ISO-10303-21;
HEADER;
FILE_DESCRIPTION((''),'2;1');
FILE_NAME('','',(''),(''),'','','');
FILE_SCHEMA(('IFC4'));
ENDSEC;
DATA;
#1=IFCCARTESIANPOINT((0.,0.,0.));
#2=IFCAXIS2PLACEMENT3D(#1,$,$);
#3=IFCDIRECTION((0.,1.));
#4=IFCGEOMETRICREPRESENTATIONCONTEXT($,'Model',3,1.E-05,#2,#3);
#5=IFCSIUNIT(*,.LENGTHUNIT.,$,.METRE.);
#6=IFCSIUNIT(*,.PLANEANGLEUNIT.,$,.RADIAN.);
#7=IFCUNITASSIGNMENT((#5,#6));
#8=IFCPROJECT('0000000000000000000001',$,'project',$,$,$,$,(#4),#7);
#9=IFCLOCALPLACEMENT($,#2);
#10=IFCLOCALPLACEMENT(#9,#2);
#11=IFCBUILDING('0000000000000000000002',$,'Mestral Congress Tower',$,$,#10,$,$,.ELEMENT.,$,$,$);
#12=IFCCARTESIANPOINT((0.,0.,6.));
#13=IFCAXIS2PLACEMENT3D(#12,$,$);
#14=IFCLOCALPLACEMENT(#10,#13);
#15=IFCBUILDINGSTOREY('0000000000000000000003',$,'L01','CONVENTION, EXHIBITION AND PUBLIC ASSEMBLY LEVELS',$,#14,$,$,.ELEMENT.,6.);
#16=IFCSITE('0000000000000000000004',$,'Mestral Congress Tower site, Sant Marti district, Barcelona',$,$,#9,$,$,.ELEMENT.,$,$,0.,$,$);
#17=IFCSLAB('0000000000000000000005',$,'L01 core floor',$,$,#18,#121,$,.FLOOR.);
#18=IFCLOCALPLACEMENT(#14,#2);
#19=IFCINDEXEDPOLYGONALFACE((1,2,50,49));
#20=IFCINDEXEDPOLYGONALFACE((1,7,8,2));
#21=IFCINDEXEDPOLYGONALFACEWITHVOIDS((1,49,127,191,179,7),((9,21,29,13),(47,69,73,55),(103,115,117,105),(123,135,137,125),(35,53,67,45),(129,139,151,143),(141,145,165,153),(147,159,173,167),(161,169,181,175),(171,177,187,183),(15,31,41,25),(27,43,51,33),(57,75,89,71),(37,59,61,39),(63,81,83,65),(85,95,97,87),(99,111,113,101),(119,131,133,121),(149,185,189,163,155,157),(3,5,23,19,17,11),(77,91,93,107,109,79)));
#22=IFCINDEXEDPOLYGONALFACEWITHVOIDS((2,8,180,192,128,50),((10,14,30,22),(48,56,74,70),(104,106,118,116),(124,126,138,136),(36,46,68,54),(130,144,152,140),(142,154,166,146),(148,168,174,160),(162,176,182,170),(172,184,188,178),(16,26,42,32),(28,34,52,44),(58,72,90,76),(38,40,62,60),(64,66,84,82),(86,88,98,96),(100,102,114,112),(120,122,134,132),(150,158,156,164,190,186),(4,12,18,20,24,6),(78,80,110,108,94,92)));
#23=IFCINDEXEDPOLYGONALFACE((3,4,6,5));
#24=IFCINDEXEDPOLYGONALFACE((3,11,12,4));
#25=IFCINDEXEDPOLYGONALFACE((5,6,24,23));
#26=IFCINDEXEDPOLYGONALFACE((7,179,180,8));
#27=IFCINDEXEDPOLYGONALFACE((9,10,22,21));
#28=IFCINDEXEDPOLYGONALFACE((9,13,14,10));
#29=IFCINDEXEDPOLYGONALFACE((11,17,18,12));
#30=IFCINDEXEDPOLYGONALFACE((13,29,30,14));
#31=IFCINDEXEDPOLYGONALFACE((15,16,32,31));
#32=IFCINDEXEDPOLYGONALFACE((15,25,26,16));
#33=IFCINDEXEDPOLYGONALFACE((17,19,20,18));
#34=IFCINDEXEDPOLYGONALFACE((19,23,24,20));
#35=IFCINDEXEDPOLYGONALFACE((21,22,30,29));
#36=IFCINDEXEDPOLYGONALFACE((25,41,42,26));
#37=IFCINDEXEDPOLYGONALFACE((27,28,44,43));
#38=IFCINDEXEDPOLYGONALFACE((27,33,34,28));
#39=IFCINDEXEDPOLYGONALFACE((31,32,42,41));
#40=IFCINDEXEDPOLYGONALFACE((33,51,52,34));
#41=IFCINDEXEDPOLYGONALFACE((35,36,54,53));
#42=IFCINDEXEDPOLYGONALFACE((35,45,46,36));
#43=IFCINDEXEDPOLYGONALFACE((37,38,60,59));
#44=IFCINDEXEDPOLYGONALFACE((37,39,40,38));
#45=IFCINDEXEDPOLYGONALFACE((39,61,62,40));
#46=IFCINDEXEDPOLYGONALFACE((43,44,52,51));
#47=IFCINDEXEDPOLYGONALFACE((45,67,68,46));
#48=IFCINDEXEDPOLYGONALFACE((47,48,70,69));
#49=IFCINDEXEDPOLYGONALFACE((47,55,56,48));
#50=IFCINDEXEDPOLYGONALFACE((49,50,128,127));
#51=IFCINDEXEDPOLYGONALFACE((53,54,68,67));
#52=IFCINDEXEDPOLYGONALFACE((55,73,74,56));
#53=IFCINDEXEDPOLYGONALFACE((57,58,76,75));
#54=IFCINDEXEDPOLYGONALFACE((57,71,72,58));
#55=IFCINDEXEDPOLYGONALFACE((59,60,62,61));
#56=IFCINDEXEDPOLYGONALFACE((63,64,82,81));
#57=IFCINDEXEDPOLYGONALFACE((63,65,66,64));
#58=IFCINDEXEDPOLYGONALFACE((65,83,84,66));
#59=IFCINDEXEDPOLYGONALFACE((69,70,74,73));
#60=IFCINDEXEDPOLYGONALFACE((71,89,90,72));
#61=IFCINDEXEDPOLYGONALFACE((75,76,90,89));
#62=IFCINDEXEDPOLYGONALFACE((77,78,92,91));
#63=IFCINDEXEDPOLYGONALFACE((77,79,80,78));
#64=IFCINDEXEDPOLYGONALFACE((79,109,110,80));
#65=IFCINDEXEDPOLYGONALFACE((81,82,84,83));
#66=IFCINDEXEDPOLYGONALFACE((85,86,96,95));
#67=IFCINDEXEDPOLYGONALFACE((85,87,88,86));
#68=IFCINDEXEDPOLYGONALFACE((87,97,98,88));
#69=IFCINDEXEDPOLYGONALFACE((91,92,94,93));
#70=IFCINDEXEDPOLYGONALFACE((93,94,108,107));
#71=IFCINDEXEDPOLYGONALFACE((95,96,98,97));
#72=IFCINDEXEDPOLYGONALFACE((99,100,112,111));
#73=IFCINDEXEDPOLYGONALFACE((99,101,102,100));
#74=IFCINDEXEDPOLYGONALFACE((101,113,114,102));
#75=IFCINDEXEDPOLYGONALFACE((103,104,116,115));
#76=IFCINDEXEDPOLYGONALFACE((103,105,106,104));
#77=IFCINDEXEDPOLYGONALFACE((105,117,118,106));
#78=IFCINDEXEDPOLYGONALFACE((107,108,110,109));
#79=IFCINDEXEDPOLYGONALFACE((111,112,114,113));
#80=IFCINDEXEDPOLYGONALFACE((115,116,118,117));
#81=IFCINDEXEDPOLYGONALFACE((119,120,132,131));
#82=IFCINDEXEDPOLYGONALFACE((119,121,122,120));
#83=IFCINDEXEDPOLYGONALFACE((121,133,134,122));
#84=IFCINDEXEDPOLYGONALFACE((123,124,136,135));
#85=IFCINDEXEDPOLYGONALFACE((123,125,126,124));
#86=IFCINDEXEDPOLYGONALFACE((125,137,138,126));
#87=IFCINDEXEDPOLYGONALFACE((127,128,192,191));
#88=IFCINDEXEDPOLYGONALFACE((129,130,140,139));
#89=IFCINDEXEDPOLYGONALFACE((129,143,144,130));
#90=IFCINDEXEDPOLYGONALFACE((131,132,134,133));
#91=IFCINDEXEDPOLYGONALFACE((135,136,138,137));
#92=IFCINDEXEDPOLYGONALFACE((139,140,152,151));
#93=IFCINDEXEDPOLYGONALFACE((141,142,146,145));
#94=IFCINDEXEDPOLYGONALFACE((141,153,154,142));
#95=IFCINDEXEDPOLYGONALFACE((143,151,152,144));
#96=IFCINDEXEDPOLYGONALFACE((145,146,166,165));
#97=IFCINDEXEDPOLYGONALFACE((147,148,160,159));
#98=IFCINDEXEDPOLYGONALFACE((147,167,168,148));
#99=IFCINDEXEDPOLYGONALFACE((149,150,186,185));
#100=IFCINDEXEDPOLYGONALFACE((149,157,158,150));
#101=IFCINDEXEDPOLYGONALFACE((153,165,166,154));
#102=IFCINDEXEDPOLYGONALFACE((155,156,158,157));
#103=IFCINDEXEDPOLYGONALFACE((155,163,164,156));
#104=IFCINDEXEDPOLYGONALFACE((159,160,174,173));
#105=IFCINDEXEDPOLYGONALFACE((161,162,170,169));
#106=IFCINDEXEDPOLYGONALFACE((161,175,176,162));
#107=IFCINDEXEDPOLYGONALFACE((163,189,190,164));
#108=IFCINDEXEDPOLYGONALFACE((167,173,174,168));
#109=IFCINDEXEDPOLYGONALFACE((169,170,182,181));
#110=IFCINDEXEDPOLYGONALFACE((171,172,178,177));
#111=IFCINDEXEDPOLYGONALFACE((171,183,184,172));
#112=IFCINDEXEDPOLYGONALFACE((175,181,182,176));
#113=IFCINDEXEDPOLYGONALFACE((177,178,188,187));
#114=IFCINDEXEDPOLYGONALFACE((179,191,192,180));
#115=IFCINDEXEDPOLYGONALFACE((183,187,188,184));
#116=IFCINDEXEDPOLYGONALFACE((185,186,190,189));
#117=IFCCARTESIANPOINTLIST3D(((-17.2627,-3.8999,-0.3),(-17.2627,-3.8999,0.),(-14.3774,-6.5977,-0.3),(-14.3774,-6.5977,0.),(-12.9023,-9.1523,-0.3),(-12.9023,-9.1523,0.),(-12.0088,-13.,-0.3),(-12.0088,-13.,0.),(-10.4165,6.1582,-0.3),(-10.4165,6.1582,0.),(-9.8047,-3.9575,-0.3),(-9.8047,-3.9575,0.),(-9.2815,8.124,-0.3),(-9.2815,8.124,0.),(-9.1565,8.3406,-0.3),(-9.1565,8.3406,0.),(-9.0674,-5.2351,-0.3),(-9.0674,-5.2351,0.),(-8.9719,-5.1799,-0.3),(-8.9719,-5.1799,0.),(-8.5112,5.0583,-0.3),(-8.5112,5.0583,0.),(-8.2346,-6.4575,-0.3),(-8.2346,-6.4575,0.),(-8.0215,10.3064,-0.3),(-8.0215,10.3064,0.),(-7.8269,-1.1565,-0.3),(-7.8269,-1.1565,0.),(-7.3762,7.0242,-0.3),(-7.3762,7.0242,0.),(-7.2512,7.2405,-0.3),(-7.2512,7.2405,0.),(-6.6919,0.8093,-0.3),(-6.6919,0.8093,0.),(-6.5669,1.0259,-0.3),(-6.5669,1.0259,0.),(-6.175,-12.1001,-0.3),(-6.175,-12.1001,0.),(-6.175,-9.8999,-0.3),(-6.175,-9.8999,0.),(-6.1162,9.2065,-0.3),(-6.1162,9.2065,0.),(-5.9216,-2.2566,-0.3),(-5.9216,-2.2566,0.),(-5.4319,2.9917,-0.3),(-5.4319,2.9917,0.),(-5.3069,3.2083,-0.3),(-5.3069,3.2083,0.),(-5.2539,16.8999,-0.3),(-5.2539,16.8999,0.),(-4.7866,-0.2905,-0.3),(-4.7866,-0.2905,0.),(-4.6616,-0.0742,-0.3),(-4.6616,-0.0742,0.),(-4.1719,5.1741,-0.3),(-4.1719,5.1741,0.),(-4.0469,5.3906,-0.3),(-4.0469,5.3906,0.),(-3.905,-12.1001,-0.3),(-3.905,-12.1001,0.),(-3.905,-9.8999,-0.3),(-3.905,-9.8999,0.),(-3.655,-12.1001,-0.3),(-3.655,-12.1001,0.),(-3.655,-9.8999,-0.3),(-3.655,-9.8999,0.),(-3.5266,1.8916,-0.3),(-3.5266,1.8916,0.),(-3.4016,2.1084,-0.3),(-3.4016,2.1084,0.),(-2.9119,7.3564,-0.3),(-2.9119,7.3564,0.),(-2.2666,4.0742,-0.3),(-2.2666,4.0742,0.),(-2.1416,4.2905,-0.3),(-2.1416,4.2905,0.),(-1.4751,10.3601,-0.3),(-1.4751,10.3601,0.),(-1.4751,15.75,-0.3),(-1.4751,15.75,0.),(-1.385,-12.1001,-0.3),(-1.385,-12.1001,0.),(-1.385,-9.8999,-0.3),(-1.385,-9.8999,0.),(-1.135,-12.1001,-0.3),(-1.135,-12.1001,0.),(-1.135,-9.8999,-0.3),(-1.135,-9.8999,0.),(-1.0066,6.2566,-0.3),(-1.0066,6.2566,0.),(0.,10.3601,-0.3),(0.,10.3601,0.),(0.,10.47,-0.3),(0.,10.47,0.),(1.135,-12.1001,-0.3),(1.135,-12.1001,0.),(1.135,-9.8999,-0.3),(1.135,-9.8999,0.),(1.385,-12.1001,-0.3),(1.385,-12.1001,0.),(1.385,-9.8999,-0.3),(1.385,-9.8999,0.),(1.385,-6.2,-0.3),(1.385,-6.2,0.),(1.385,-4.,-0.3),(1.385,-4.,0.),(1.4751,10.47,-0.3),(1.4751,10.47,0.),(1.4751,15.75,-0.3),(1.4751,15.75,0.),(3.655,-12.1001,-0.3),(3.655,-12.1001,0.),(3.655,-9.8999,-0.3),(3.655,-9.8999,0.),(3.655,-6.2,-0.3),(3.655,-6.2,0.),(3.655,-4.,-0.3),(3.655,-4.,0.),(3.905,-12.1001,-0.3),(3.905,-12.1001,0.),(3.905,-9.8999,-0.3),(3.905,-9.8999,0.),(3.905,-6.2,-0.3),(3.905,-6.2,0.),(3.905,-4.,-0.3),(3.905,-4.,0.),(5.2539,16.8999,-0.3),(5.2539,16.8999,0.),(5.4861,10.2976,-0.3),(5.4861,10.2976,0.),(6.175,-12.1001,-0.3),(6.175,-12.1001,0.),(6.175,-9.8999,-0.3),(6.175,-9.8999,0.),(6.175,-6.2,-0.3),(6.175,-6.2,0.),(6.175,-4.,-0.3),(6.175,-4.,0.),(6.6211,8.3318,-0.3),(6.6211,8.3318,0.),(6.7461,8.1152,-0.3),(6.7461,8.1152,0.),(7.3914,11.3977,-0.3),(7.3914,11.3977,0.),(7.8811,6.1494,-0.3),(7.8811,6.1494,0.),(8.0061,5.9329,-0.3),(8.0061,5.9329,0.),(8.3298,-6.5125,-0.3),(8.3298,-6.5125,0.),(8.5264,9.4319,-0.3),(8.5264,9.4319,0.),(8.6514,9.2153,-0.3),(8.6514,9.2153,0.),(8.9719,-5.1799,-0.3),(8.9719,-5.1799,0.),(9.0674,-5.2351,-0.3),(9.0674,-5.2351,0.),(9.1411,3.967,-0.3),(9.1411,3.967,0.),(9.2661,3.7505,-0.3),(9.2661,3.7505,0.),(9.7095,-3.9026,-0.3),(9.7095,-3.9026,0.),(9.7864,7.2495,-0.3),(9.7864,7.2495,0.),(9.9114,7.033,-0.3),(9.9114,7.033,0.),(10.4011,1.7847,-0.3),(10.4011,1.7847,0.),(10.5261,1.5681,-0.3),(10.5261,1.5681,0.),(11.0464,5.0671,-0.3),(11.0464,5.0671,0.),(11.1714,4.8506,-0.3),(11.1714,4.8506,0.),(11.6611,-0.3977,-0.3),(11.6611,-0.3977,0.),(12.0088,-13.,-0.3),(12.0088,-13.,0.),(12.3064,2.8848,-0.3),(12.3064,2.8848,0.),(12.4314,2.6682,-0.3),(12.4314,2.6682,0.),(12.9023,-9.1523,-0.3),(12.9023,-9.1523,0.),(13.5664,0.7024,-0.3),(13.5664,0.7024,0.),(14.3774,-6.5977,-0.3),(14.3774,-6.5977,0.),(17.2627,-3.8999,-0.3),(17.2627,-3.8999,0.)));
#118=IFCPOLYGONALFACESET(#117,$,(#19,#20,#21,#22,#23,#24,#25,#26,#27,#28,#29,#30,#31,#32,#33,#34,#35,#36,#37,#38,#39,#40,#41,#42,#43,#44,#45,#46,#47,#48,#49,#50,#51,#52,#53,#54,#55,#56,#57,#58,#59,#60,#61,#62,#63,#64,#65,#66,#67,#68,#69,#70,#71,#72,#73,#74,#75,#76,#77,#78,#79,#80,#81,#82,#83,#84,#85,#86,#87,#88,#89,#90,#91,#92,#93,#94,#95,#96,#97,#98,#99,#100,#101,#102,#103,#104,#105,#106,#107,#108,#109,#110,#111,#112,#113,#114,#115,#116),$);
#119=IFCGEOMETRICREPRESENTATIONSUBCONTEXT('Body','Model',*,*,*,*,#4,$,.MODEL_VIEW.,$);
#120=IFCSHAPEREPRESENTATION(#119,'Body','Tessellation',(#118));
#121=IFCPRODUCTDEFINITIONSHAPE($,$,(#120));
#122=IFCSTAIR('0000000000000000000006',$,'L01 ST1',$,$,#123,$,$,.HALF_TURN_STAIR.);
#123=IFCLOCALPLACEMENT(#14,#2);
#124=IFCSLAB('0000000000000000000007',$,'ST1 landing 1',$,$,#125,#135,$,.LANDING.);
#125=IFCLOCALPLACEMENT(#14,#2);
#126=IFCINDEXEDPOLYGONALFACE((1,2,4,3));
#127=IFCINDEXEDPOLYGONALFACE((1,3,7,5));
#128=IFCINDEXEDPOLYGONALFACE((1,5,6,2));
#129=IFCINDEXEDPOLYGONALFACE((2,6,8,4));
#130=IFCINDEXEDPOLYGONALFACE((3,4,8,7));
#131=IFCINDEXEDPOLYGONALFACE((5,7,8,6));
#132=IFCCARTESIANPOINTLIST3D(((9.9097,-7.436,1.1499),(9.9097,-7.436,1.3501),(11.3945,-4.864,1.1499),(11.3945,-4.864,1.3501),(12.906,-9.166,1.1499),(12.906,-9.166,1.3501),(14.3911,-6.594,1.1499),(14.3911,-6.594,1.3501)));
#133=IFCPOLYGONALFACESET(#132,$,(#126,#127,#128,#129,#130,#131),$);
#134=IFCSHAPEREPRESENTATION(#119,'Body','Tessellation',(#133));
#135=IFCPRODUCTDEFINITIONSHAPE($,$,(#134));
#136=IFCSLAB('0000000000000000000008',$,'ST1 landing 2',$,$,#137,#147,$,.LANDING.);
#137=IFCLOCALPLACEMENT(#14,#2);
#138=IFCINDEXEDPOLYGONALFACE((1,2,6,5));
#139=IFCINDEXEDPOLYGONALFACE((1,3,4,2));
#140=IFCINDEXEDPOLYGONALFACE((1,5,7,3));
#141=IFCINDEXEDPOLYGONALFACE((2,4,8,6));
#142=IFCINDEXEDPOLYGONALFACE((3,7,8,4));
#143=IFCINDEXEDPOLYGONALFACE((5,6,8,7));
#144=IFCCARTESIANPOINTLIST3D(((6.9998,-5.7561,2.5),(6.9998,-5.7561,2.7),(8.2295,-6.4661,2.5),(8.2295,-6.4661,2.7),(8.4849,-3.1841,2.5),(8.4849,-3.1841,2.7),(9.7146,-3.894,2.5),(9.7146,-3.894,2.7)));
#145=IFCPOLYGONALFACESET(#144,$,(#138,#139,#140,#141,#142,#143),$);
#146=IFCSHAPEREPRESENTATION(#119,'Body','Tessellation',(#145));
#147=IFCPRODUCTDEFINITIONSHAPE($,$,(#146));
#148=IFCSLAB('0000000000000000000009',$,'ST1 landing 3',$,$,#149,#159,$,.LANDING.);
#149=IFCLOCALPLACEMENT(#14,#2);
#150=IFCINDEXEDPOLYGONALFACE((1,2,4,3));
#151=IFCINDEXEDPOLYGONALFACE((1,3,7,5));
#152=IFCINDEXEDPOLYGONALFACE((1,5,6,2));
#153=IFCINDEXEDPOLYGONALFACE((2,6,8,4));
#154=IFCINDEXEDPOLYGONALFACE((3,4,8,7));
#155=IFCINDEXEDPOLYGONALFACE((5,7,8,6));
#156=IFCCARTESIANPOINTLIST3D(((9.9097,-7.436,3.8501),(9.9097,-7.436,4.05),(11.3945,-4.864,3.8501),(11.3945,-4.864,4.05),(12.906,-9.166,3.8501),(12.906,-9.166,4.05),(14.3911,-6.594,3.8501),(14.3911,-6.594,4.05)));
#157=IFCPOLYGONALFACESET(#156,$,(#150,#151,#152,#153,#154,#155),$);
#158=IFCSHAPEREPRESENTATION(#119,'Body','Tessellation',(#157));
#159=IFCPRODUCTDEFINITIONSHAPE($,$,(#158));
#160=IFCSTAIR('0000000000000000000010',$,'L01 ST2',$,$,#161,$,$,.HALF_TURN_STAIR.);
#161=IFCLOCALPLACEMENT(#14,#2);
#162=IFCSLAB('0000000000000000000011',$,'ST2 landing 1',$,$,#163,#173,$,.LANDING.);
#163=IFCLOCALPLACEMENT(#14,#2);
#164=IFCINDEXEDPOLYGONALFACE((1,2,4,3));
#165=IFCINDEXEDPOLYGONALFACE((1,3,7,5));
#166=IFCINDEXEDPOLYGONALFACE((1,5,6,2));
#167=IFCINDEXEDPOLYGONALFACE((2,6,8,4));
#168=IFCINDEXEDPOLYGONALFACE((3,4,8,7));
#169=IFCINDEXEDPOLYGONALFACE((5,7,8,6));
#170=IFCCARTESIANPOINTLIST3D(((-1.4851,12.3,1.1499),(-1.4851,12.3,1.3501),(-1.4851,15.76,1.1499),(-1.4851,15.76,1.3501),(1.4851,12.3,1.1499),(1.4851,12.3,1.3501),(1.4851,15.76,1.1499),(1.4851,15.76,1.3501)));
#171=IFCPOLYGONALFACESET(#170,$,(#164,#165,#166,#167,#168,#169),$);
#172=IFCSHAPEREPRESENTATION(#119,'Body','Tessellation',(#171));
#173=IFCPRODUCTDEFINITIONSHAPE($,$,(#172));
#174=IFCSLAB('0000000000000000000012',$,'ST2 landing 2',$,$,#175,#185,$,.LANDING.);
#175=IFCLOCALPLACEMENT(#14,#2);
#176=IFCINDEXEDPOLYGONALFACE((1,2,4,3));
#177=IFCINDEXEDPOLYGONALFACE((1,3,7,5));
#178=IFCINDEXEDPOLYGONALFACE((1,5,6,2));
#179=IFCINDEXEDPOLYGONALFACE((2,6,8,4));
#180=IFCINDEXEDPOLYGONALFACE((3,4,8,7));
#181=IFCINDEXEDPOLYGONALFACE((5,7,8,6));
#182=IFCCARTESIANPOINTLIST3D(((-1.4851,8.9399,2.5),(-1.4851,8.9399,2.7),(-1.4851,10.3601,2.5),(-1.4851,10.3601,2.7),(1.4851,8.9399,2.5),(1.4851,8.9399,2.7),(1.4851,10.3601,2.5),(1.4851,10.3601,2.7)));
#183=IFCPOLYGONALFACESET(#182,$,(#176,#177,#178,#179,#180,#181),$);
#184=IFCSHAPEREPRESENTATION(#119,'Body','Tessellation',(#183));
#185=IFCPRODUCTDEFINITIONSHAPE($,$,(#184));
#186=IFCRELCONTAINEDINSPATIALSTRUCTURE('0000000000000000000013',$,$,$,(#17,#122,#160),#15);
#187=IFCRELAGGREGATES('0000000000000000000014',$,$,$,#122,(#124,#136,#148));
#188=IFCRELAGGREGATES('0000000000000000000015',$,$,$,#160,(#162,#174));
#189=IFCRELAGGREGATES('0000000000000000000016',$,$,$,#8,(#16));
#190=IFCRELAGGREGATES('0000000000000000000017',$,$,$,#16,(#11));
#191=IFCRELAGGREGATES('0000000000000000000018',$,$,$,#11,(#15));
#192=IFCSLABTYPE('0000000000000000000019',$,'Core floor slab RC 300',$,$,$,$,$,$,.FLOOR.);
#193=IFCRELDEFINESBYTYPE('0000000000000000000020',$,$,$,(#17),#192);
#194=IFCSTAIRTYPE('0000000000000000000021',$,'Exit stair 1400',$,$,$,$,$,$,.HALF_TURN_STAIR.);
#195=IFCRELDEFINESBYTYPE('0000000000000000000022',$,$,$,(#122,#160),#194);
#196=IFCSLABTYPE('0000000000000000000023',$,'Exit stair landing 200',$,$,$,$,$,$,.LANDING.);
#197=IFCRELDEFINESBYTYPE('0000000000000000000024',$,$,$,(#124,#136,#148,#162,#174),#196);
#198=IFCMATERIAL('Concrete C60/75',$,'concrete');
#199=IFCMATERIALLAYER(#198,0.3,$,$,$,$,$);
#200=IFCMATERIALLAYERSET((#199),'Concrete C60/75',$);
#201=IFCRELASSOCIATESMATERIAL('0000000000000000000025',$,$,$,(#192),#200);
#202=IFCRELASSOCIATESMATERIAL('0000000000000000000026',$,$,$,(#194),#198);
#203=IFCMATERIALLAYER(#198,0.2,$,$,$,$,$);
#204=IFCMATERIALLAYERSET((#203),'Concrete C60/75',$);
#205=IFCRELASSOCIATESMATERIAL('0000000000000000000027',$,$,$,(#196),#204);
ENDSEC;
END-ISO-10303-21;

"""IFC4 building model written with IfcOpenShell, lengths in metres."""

from ifc_helpers import new_model, si_unit, direction, frame, origin, place, context, subcontext, project, spatial, polyline, outline, extrude, material, layer, layer_set, type_object, element, aggregate, save


model = new_model("IFC4")

# Units and contexts
model_context = context("Model", 3, precision=1e-05, world=origin(), true_north=direction((0.0, 1.0)))
body_context = subcontext(model_context, "Body", "Model", "MODEL_VIEW")
ifc_project = project(units=[si_unit("LENGTHUNIT", "METRE"), si_unit("PLANEANGLEUNIT", "RADIAN")], contexts=[model_context])

# Site, building, storey
site_placement = place(None, origin())
site = spatial("IfcSite", under=ifc_project, at=site_placement, Name="Mestral Congress Tower site, Sant Marti district, Barcelona", CompositionType="ELEMENT", RefElevation=0.0)
building_placement = place(site_placement, origin())
building = spatial("IfcBuilding", under=site, at=building_placement, Name="Mestral Congress Tower", CompositionType="ELEMENT")
storey_placement = place(building_placement, frame((0.0, 0.0, 6.0)))
storey = spatial("IfcBuildingStorey", under=building, at=storey_placement, Name="L01", Description="CONVENTION, EXHIBITION AND PUBLIC ASSEMBLY LEVELS", CompositionType="ELEMENT", Elevation=6.0)

# Slab
placement_1 = place(storey_placement, frame((0.0, 0.0, -0.3)))
ifc_material_1 = material(Name="Concrete C60/75", Category="concrete")
ifc_layer_1 = layer(ifc_material_1, 0.3)
ifc_layer_set_1 = layer_set([ifc_layer_1], Name="Concrete C60/75")
slab_type_1 = type_object("IfcSlabType", Name="Core floor slab RC 300", PredefinedType="FLOOR", material=ifc_layer_set_1)
element("IfcSlab", 1, at=placement_1, inside=storey, type_object=slab_type_1, Name="L01 core floor", PredefinedType="FLOOR", context=body_context, shape_type="SweptSolid", body=[
    extrude(outline(polyline([(12.0088, -13.0), (-12.0088, -13.0), (-17.2627, -3.8999), (-5.2539, 16.8999), (5.2539, 16.8999), (17.2627, -3.8999), (12.0088, -13.0)]), holes=[polyline([(-3.905, -9.8999), (-6.175, -9.8999), (-6.175, -12.1001), (-3.905, -12.1001), (-3.905, -9.8999)]), polyline([(-1.385, -9.8999), (-3.655, -9.8999), (-3.655, -12.1001), (-1.385, -12.1001), (-1.385, -9.8999)]), polyline([(1.135, -9.8999), (-1.135, -9.8999), (-1.135, -12.1001), (1.135, -12.1001), (1.135, -9.8999)]), polyline([(-9.0674, -5.2351), (-9.8047, -3.9575), (-14.3774, -6.5977), (-12.9023, -9.1523), (-8.2346, -6.4575), (-8.9719, -5.1799), (-9.0674, -5.2351)]), polyline([(-7.8269, -1.1565), (-5.9216, -2.2566), (-4.7866, -0.2905), (-6.6919, 0.8093), (-7.8269, -1.1565)]), polyline([(-4.6616, -0.0742), (-3.5266, 1.8916), (-5.4319, 2.9917), (-6.5669, 1.0259), (-4.6616, -0.0742)]), polyline([(-3.4016, 2.1084), (-2.2666, 4.0742), (-4.1719, 5.1741), (-5.3069, 3.2083), (-3.4016, 2.1084)]), polyline([(-2.1416, 4.2905), (-1.0066, 6.2566), (-2.9119, 7.3564), (-4.0469, 5.3906), (-2.1416, 4.2905)]), polyline([(-10.4165, 6.1582), (-8.5112, 5.0583), (-7.3762, 7.0242), (-9.2815, 8.124), (-10.4165, 6.1582)]), polyline([(-9.1565, 8.3406), (-7.2512, 7.2405), (-6.1162, 9.2065), (-8.0215, 10.3064), (-9.1565, 8.3406)]), polyline([(1.4751, 10.47), (1.4751, 15.75), (-1.4751, 15.75), (-1.4751, 10.3601), (0.0, 10.3601), (0.0, 10.47), (1.4751, 10.47)]), polyline([(3.655, -9.8999), (1.385, -9.8999), (1.385, -12.1001), (3.655, -12.1001), (3.655, -9.8999)]), polyline([(6.175, -9.8999), (3.905, -9.8999), (3.905, -12.1001), (6.175, -12.1001), (6.175, -9.8999)]), polyline([(9.0674, -5.2351), (8.3298, -6.5125), (12.9023, -9.1523), (14.3774, -6.5977), (9.7095, -3.9026), (8.9719, -5.1799), (9.0674, -5.2351)]), polyline([(3.655, -6.2), (3.655, -4.0), (1.385, -4.0), (1.385, -6.2), (3.655, -6.2)]), polyline([(6.175, -4.0), (3.905, -4.0), (3.905, -6.2), (6.175, -6.2), (6.175, -4.0)]), polyline([(12.4314, 2.6682), (10.5261, 1.5681), (11.6611, -0.3977), (13.5664, 0.7024), (12.4314, 2.6682)]), polyline([(11.1714, 4.8506), (9.2661, 3.7505), (10.4011, 1.7847), (12.3064, 2.8848), (11.1714, 4.8506)]), polyline([(8.0061, 5.9329), (9.1411, 3.967), (11.0464, 5.0671), (9.9114, 7.033), (8.0061, 5.9329)]), polyline([(8.6514, 9.2153), (6.7461, 8.1152), (7.8811, 6.1494), (9.7864, 7.2495), (8.6514, 9.2153)]), polyline([(7.3914, 11.3977), (5.4861, 10.2976), (6.6211, 8.3318), (8.5264, 9.4319), (7.3914, 11.3977)])]), origin(), (0.0, 0.0, 1.0), 0.3),
])

# Stairs, slabs
stair_type = type_object("IfcStairType", Name="Exit stair 1400", PredefinedType="HALF_TURN_STAIR", material=ifc_material_1)
placement_2 = place(storey_placement, origin())
stair_1 = element("IfcStair", 2, at=placement_2, inside=storey, type_object=stair_type, Name="L01 ST1", PredefinedType="HALF_TURN_STAIR")
ifc_layer_2 = layer(ifc_material_1, 0.2)
ifc_layer_set_2 = layer_set([ifc_layer_2], Name="Concrete C60/75")
slab_type_2 = type_object("IfcSlabType", Name="Exit stair landing 200", PredefinedType="LANDING", material=ifc_layer_set_2)
placement_3 = place(storey_placement, frame((0.0, 0.0, 1.1499)))
slab_1 = element("IfcSlab", 3, at=placement_3, type_object=slab_type_2, Name="ST1 landing 1", PredefinedType="LANDING", context=body_context, shape_type="SweptSolid", body=[
    extrude(outline(polyline([(9.9097, -7.436), (11.3945, -4.864), (14.3911, -6.594), (12.906, -9.166), (9.9097, -7.436)])), origin(), (0.0, 0.0, 1.0), 0.2002),
])
placement_4 = place(storey_placement, frame((0.0, 0.0, 2.5)))
slab_2 = element("IfcSlab", 4, at=placement_4, type_object=slab_type_2, Name="ST1 landing 2", PredefinedType="LANDING", context=body_context, shape_type="SweptSolid", body=[
    extrude(outline(polyline([(6.9998, -5.7561), (8.4849, -3.1841), (9.7146, -3.894), (8.2295, -6.4661), (6.9998, -5.7561)])), origin(), (0.0, 0.0, 1.0), 0.2),
])
placement_5 = place(storey_placement, frame((0.0, 0.0, 3.8501)))
slab_3 = element("IfcSlab", 5, at=placement_5, type_object=slab_type_2, Name="ST1 landing 3", PredefinedType="LANDING", context=body_context, shape_type="SweptSolid", body=[
    extrude(outline(polyline([(9.9097, -7.436), (11.3945, -4.864), (14.3911, -6.594), (12.906, -9.166), (9.9097, -7.436)])), origin(), (0.0, 0.0, 1.0), 0.2),
])
aggregate(stair_1, [slab_1, slab_2, slab_3])
stair_2 = element("IfcStair", 6, at=placement_2, inside=storey, type_object=stair_type, Name="L01 ST2", PredefinedType="HALF_TURN_STAIR")
slab_4 = element("IfcSlab", 7, at=placement_3, type_object=slab_type_2, Name="ST2 landing 1", PredefinedType="LANDING", context=body_context, shape_type="SweptSolid", body=[
    extrude(outline(polyline([(1.4851, 12.3), (-1.4851, 12.3), (-1.4851, 15.76), (1.4851, 15.76), (1.4851, 12.3)])), origin(), (0.0, 0.0, 1.0), 0.2002),
])
slab_5 = element("IfcSlab", 8, at=placement_4, type_object=slab_type_2, Name="ST2 landing 2", PredefinedType="LANDING", context=body_context, shape_type="SweptSolid", body=[
    extrude(outline(polyline([(1.4851, 8.9399), (-1.4851, 8.9399), (-1.4851, 10.3601), (1.4851, 10.3601), (1.4851, 8.9399)])), origin(), (0.0, 0.0, 1.0), 0.2),
])
aggregate(stair_2, [slab_4, slab_5])

save(model, "model.ifc")
